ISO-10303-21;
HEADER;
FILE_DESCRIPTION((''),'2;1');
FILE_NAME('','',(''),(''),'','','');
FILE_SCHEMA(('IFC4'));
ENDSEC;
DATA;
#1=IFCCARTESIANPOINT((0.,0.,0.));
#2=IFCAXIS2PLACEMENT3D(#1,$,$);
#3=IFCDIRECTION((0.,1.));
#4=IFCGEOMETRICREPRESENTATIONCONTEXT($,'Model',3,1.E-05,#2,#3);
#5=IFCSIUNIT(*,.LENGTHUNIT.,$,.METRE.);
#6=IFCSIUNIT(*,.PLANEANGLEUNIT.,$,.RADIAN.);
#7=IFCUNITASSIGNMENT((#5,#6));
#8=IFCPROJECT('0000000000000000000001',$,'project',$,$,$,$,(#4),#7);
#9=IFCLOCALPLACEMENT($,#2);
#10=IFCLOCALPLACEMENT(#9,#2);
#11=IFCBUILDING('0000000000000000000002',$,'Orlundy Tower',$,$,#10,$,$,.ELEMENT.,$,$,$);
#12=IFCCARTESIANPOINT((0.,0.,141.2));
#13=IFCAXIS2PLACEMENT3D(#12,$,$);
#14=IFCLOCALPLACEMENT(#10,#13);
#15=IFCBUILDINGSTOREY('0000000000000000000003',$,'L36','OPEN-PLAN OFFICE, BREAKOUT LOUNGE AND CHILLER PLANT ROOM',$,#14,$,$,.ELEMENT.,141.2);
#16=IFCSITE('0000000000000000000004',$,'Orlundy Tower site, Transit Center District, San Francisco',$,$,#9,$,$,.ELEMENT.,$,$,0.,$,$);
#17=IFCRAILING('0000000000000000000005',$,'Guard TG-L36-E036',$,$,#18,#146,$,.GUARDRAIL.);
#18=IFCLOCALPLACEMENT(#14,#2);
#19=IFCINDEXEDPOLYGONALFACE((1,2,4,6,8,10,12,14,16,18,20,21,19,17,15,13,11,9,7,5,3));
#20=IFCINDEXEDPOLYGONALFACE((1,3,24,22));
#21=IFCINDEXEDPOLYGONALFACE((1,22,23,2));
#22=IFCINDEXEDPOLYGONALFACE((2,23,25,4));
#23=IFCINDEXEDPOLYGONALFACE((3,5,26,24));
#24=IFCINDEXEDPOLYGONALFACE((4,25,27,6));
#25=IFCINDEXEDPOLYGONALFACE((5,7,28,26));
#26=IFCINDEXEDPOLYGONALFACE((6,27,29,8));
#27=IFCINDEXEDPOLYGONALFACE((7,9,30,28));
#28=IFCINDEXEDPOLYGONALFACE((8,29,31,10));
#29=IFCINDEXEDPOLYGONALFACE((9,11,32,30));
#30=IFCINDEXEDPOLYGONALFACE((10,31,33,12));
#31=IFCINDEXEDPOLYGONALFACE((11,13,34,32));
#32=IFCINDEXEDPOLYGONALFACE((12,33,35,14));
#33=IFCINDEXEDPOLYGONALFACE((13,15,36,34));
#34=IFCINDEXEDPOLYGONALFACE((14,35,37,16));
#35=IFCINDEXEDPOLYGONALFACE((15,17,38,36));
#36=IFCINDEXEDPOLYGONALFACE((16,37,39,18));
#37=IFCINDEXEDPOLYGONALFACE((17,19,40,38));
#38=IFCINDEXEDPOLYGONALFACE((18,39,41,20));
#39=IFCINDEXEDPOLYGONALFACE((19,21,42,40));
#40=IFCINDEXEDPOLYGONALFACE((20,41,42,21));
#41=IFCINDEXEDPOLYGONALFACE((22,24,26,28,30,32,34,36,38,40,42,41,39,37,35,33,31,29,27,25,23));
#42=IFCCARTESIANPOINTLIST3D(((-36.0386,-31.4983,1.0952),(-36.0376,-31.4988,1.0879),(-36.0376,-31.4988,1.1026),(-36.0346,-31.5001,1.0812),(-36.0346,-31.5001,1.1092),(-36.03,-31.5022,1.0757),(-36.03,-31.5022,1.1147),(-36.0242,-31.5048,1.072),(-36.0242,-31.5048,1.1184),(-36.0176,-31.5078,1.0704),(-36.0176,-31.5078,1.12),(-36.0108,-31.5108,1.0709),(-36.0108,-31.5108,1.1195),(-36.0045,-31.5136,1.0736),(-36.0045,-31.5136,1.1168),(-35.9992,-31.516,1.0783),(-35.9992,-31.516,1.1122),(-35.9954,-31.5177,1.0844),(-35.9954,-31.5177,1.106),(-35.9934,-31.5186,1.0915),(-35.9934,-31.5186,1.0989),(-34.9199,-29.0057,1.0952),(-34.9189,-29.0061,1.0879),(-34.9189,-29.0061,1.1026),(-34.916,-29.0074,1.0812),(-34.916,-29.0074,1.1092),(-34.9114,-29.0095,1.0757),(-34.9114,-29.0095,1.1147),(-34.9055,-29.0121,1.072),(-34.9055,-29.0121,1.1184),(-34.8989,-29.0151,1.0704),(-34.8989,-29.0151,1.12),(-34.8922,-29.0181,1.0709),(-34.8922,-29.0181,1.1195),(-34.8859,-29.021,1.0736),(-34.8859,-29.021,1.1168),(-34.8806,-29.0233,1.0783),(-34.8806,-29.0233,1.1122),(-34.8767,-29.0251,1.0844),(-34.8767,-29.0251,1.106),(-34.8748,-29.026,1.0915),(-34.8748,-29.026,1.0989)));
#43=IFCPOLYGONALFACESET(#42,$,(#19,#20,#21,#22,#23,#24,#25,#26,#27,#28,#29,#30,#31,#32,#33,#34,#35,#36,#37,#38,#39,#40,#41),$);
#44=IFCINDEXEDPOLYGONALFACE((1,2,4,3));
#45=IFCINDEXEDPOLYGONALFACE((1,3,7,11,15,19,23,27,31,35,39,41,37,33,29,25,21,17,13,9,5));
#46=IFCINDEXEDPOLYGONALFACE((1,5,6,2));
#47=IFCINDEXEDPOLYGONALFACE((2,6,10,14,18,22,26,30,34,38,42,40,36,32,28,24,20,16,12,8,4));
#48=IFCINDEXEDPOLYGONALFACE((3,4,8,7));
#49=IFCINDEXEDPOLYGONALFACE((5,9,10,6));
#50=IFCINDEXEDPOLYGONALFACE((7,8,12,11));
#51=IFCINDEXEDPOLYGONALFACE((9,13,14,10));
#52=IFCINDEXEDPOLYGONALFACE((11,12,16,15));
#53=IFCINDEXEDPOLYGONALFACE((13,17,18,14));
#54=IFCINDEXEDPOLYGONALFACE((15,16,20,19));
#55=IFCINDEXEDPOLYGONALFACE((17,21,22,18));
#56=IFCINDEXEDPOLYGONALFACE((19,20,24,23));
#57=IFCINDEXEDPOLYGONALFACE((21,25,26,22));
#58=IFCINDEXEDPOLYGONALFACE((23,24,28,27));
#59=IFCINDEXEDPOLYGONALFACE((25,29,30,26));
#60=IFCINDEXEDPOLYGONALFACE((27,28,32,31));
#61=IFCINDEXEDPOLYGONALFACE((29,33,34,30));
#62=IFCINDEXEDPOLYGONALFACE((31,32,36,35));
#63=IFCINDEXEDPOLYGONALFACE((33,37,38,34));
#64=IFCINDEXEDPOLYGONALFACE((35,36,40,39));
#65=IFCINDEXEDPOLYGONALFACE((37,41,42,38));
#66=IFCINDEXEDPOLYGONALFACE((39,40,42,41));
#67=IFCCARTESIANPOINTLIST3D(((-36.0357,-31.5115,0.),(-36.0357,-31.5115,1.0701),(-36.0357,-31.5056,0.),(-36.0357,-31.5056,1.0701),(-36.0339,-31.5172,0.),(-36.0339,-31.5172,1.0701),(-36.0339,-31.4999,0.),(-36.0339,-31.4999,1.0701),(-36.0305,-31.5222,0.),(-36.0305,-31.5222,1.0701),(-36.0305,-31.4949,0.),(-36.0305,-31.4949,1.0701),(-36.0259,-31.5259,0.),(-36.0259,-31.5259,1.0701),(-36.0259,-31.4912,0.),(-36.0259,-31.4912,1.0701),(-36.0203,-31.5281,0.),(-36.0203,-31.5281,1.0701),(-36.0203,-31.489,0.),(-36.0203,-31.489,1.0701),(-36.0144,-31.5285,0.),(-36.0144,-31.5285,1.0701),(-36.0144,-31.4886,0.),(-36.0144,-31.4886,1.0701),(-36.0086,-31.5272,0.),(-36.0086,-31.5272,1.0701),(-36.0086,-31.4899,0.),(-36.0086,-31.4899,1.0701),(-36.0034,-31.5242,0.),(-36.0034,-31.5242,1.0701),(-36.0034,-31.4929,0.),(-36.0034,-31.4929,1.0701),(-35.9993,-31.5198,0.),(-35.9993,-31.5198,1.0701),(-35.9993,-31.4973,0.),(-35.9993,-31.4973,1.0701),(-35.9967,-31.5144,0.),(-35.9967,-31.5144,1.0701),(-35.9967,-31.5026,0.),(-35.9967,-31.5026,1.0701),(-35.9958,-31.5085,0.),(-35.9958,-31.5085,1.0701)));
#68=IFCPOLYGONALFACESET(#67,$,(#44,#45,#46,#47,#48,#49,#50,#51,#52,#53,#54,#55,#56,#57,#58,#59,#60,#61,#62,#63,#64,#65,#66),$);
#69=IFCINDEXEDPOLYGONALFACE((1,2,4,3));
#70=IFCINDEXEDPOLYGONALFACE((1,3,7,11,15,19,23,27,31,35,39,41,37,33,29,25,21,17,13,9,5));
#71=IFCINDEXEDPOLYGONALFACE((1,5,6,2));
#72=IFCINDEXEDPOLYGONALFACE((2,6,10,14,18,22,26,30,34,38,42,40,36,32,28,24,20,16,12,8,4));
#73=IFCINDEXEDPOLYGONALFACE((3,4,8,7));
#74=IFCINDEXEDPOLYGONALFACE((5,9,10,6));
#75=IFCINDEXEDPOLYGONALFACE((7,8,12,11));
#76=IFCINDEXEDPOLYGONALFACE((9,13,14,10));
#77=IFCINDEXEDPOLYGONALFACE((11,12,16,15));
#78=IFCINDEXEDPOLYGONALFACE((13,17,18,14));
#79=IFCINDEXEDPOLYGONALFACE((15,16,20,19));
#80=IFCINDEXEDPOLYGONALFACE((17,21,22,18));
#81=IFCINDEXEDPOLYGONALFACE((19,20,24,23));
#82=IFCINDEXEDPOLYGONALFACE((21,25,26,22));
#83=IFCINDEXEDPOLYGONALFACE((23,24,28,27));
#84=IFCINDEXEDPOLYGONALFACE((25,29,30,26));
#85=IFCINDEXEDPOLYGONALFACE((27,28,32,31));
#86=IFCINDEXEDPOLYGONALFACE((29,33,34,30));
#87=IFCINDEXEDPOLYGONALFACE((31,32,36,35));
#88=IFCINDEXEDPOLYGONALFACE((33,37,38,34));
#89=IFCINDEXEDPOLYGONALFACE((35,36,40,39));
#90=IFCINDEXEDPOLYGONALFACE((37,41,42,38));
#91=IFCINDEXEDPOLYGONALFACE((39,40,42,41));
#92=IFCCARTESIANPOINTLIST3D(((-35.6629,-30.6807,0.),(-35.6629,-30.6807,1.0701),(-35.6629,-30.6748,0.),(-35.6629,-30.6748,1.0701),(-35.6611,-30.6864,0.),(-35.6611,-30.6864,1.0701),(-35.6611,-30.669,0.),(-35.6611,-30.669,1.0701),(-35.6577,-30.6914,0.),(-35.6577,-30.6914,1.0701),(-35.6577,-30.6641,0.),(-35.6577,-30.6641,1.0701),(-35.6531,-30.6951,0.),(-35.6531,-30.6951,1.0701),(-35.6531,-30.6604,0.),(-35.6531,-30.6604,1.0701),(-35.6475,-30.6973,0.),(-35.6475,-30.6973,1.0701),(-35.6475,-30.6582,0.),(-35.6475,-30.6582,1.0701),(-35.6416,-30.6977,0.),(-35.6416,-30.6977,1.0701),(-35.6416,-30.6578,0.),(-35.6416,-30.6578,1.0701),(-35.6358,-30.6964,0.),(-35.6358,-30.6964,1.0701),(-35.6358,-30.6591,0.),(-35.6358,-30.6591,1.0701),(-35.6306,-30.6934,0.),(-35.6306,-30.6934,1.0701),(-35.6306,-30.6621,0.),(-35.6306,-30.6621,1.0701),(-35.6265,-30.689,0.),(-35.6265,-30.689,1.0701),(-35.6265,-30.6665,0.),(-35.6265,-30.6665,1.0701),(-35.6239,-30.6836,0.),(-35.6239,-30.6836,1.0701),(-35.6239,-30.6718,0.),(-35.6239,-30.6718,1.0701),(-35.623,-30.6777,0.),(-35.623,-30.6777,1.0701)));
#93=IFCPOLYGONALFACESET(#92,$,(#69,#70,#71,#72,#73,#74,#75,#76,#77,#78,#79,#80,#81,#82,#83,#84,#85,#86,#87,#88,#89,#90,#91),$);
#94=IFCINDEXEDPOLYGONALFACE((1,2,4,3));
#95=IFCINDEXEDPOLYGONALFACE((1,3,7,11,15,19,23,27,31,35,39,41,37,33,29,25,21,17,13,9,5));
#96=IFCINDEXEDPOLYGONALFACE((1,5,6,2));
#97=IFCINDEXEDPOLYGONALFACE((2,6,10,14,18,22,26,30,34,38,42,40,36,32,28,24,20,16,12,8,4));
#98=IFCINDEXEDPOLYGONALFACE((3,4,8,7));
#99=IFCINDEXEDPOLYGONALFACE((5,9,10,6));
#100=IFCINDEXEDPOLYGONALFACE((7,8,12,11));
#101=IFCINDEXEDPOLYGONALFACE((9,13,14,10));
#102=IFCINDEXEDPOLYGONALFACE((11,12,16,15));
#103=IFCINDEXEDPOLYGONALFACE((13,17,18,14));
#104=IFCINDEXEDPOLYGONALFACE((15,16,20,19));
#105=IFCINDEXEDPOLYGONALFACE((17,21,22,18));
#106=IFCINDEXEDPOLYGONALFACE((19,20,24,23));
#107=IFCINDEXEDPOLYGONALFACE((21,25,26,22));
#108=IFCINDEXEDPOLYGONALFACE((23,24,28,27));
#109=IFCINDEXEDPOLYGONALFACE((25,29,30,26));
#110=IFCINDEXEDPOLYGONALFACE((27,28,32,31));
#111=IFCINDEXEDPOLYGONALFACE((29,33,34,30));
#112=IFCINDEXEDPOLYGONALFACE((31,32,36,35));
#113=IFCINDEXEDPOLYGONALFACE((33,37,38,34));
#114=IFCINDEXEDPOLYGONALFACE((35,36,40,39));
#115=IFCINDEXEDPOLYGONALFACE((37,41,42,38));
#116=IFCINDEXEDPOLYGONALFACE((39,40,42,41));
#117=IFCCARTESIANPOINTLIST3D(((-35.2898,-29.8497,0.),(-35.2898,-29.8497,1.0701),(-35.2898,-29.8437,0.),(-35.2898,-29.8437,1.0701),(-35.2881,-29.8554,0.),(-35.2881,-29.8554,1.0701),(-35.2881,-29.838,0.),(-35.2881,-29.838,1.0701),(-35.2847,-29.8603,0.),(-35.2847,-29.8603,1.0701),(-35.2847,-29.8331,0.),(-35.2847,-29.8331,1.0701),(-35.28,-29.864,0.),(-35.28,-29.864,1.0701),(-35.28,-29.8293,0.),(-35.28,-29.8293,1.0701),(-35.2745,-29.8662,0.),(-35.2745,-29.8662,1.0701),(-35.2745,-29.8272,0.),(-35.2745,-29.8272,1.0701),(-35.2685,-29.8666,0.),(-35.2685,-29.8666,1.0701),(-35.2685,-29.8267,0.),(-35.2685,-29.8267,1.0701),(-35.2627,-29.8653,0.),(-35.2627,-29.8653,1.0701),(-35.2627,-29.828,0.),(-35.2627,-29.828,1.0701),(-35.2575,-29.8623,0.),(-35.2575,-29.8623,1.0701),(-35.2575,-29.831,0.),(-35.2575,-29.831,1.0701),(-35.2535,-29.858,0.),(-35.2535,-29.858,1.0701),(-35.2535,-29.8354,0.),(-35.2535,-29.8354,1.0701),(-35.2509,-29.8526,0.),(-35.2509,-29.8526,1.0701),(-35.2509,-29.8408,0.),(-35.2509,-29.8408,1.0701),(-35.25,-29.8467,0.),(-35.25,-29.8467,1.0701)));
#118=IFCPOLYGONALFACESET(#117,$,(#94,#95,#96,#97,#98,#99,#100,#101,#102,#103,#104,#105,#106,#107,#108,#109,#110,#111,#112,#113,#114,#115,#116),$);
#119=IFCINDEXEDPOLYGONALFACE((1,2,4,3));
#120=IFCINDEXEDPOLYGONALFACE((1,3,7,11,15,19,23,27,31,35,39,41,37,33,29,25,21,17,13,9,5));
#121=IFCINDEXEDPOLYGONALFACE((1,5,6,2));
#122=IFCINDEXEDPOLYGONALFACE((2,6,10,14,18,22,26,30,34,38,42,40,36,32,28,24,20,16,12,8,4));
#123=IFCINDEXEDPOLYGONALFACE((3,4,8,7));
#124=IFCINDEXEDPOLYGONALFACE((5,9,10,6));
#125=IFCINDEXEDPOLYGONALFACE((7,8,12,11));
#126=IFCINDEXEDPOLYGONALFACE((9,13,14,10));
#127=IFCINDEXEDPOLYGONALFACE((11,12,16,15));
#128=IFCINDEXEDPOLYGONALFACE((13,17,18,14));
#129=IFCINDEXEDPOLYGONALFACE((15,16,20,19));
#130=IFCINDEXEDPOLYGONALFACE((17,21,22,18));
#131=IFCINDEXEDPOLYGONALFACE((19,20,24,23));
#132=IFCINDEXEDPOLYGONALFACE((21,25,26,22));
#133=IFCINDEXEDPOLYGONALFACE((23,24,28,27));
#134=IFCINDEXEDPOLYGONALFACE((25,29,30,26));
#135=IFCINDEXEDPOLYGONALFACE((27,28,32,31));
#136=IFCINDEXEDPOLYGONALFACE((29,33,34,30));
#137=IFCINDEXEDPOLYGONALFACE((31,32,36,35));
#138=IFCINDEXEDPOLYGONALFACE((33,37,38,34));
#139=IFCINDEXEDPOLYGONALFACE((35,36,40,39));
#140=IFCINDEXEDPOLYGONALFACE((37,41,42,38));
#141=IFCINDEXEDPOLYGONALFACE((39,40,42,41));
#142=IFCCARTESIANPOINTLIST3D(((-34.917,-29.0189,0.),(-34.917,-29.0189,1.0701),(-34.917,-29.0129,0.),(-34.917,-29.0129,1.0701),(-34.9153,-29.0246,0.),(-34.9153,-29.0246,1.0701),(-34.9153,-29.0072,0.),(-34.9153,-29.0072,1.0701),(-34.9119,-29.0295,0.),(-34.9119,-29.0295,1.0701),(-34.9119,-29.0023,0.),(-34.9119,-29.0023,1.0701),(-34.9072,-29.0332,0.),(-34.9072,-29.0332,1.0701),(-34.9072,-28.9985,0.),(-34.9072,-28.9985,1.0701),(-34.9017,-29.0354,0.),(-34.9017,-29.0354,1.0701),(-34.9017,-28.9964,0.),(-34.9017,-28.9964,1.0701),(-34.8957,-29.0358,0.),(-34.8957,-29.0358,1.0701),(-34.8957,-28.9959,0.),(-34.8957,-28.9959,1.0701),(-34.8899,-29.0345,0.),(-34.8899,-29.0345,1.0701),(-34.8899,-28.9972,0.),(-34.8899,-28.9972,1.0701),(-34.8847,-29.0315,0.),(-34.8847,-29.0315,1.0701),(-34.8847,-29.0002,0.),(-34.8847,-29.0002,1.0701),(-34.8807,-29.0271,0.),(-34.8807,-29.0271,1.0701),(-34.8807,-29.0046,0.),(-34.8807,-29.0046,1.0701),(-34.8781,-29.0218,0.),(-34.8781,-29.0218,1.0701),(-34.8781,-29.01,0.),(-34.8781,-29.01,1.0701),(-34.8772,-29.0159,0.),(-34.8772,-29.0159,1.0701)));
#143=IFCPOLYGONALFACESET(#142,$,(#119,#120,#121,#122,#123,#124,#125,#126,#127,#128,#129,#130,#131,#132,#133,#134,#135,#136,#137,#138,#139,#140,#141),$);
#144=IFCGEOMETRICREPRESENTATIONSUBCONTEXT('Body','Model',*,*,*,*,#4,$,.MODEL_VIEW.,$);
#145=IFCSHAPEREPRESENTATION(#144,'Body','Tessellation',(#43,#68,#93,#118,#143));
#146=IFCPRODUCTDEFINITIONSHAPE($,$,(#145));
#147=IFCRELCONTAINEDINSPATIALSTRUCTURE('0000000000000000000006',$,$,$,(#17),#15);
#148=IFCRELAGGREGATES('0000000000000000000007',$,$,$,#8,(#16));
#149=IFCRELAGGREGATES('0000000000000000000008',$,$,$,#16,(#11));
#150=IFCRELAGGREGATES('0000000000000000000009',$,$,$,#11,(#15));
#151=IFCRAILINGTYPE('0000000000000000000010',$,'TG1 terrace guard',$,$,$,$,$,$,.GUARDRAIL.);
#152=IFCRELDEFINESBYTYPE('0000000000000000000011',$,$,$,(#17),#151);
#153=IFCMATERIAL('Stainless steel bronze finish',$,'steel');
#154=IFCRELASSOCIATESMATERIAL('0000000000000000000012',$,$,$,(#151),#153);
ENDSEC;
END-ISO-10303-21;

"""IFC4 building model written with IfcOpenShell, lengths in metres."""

from ifc_helpers import new_model, si_unit, direction, frame, origin, origin_2d, place, context, subcontext, project, spatial, circle, extrude, material, type_object, element, save


model = new_model("IFC4")

# Units and contexts
model_context = context("Model", 3, precision=1e-05, world=origin(), true_north=direction((0.0, 1.0)))
body_context = subcontext(model_context, "Body", "Model", "MODEL_VIEW")
ifc_project = project(units=[si_unit("LENGTHUNIT", "METRE"), si_unit("PLANEANGLEUNIT", "RADIAN")], contexts=[model_context])

# Site, building, storey
site_placement = place(None, origin())
site = spatial("IfcSite", under=ifc_project, at=site_placement, Name="Orlundy Tower site, Transit Center District, San Francisco", CompositionType="ELEMENT", RefElevation=0.0)
building_placement = place(site_placement, origin())
building = spatial("IfcBuilding", under=site, at=building_placement, Name="Orlundy Tower", CompositionType="ELEMENT")
storey_placement = place(building_placement, frame((0.0, 0.0, 141.2)))
storey = spatial("IfcBuildingStorey", under=building, at=storey_placement, Name="L36", Description="OPEN-PLAN OFFICE, BREAKOUT LOUNGE AND CHILLER PLANT ROOM", CompositionType="ELEMENT", Elevation=141.2)

# Railing
ifc_material_1 = material(Name="Stainless steel bronze finish", Category="steel")
railing_type = type_object("IfcRailingType", Name="TG1 terrace guard", PredefinedType="GUARDRAIL", material=ifc_material_1)
railing_1_placement = place(storey_placement, frame((-36.0159, -31.5085, 0.0)))
element("IfcRailing", 1, at=railing_1_placement, inside=storey, type_object=railing_type, Name="Guard TG-L36-E036", PredefinedType="GUARDRAIL", context=body_context, shape_type="SweptSolid", body=[
    extrude(circle(Radius=0.0249, at=origin_2d()), frame((0.0, 0.0, 1.0952), z_axis=(0.409436, 0.912339, 0.0), x_axis=(-0.912339, 0.409436, 0.0)), (0.0, 0.0, 1.0), 2.7322),
    extrude(circle(Radius=0.02, at=origin_2d()), origin(), (0.0, 0.0, 1.0), 1.0701),
    extrude(circle(Radius=0.02, at=origin_2d()), frame((0.3728, 0.8308, 0.0)), (0.0, 0.0, 1.0), 1.0701),
    extrude(circle(Radius=0.02, at=origin_2d()), frame((0.7458, 1.6619, 0.0)), (0.0, 0.0, 1.0), 1.0701),
    extrude(circle(Radius=0.02, at=origin_2d()), frame((1.1187, 2.4927, 0.0)), (0.0, 0.0, 1.0), 1.0701),
])

save(model, "model.ifc")
